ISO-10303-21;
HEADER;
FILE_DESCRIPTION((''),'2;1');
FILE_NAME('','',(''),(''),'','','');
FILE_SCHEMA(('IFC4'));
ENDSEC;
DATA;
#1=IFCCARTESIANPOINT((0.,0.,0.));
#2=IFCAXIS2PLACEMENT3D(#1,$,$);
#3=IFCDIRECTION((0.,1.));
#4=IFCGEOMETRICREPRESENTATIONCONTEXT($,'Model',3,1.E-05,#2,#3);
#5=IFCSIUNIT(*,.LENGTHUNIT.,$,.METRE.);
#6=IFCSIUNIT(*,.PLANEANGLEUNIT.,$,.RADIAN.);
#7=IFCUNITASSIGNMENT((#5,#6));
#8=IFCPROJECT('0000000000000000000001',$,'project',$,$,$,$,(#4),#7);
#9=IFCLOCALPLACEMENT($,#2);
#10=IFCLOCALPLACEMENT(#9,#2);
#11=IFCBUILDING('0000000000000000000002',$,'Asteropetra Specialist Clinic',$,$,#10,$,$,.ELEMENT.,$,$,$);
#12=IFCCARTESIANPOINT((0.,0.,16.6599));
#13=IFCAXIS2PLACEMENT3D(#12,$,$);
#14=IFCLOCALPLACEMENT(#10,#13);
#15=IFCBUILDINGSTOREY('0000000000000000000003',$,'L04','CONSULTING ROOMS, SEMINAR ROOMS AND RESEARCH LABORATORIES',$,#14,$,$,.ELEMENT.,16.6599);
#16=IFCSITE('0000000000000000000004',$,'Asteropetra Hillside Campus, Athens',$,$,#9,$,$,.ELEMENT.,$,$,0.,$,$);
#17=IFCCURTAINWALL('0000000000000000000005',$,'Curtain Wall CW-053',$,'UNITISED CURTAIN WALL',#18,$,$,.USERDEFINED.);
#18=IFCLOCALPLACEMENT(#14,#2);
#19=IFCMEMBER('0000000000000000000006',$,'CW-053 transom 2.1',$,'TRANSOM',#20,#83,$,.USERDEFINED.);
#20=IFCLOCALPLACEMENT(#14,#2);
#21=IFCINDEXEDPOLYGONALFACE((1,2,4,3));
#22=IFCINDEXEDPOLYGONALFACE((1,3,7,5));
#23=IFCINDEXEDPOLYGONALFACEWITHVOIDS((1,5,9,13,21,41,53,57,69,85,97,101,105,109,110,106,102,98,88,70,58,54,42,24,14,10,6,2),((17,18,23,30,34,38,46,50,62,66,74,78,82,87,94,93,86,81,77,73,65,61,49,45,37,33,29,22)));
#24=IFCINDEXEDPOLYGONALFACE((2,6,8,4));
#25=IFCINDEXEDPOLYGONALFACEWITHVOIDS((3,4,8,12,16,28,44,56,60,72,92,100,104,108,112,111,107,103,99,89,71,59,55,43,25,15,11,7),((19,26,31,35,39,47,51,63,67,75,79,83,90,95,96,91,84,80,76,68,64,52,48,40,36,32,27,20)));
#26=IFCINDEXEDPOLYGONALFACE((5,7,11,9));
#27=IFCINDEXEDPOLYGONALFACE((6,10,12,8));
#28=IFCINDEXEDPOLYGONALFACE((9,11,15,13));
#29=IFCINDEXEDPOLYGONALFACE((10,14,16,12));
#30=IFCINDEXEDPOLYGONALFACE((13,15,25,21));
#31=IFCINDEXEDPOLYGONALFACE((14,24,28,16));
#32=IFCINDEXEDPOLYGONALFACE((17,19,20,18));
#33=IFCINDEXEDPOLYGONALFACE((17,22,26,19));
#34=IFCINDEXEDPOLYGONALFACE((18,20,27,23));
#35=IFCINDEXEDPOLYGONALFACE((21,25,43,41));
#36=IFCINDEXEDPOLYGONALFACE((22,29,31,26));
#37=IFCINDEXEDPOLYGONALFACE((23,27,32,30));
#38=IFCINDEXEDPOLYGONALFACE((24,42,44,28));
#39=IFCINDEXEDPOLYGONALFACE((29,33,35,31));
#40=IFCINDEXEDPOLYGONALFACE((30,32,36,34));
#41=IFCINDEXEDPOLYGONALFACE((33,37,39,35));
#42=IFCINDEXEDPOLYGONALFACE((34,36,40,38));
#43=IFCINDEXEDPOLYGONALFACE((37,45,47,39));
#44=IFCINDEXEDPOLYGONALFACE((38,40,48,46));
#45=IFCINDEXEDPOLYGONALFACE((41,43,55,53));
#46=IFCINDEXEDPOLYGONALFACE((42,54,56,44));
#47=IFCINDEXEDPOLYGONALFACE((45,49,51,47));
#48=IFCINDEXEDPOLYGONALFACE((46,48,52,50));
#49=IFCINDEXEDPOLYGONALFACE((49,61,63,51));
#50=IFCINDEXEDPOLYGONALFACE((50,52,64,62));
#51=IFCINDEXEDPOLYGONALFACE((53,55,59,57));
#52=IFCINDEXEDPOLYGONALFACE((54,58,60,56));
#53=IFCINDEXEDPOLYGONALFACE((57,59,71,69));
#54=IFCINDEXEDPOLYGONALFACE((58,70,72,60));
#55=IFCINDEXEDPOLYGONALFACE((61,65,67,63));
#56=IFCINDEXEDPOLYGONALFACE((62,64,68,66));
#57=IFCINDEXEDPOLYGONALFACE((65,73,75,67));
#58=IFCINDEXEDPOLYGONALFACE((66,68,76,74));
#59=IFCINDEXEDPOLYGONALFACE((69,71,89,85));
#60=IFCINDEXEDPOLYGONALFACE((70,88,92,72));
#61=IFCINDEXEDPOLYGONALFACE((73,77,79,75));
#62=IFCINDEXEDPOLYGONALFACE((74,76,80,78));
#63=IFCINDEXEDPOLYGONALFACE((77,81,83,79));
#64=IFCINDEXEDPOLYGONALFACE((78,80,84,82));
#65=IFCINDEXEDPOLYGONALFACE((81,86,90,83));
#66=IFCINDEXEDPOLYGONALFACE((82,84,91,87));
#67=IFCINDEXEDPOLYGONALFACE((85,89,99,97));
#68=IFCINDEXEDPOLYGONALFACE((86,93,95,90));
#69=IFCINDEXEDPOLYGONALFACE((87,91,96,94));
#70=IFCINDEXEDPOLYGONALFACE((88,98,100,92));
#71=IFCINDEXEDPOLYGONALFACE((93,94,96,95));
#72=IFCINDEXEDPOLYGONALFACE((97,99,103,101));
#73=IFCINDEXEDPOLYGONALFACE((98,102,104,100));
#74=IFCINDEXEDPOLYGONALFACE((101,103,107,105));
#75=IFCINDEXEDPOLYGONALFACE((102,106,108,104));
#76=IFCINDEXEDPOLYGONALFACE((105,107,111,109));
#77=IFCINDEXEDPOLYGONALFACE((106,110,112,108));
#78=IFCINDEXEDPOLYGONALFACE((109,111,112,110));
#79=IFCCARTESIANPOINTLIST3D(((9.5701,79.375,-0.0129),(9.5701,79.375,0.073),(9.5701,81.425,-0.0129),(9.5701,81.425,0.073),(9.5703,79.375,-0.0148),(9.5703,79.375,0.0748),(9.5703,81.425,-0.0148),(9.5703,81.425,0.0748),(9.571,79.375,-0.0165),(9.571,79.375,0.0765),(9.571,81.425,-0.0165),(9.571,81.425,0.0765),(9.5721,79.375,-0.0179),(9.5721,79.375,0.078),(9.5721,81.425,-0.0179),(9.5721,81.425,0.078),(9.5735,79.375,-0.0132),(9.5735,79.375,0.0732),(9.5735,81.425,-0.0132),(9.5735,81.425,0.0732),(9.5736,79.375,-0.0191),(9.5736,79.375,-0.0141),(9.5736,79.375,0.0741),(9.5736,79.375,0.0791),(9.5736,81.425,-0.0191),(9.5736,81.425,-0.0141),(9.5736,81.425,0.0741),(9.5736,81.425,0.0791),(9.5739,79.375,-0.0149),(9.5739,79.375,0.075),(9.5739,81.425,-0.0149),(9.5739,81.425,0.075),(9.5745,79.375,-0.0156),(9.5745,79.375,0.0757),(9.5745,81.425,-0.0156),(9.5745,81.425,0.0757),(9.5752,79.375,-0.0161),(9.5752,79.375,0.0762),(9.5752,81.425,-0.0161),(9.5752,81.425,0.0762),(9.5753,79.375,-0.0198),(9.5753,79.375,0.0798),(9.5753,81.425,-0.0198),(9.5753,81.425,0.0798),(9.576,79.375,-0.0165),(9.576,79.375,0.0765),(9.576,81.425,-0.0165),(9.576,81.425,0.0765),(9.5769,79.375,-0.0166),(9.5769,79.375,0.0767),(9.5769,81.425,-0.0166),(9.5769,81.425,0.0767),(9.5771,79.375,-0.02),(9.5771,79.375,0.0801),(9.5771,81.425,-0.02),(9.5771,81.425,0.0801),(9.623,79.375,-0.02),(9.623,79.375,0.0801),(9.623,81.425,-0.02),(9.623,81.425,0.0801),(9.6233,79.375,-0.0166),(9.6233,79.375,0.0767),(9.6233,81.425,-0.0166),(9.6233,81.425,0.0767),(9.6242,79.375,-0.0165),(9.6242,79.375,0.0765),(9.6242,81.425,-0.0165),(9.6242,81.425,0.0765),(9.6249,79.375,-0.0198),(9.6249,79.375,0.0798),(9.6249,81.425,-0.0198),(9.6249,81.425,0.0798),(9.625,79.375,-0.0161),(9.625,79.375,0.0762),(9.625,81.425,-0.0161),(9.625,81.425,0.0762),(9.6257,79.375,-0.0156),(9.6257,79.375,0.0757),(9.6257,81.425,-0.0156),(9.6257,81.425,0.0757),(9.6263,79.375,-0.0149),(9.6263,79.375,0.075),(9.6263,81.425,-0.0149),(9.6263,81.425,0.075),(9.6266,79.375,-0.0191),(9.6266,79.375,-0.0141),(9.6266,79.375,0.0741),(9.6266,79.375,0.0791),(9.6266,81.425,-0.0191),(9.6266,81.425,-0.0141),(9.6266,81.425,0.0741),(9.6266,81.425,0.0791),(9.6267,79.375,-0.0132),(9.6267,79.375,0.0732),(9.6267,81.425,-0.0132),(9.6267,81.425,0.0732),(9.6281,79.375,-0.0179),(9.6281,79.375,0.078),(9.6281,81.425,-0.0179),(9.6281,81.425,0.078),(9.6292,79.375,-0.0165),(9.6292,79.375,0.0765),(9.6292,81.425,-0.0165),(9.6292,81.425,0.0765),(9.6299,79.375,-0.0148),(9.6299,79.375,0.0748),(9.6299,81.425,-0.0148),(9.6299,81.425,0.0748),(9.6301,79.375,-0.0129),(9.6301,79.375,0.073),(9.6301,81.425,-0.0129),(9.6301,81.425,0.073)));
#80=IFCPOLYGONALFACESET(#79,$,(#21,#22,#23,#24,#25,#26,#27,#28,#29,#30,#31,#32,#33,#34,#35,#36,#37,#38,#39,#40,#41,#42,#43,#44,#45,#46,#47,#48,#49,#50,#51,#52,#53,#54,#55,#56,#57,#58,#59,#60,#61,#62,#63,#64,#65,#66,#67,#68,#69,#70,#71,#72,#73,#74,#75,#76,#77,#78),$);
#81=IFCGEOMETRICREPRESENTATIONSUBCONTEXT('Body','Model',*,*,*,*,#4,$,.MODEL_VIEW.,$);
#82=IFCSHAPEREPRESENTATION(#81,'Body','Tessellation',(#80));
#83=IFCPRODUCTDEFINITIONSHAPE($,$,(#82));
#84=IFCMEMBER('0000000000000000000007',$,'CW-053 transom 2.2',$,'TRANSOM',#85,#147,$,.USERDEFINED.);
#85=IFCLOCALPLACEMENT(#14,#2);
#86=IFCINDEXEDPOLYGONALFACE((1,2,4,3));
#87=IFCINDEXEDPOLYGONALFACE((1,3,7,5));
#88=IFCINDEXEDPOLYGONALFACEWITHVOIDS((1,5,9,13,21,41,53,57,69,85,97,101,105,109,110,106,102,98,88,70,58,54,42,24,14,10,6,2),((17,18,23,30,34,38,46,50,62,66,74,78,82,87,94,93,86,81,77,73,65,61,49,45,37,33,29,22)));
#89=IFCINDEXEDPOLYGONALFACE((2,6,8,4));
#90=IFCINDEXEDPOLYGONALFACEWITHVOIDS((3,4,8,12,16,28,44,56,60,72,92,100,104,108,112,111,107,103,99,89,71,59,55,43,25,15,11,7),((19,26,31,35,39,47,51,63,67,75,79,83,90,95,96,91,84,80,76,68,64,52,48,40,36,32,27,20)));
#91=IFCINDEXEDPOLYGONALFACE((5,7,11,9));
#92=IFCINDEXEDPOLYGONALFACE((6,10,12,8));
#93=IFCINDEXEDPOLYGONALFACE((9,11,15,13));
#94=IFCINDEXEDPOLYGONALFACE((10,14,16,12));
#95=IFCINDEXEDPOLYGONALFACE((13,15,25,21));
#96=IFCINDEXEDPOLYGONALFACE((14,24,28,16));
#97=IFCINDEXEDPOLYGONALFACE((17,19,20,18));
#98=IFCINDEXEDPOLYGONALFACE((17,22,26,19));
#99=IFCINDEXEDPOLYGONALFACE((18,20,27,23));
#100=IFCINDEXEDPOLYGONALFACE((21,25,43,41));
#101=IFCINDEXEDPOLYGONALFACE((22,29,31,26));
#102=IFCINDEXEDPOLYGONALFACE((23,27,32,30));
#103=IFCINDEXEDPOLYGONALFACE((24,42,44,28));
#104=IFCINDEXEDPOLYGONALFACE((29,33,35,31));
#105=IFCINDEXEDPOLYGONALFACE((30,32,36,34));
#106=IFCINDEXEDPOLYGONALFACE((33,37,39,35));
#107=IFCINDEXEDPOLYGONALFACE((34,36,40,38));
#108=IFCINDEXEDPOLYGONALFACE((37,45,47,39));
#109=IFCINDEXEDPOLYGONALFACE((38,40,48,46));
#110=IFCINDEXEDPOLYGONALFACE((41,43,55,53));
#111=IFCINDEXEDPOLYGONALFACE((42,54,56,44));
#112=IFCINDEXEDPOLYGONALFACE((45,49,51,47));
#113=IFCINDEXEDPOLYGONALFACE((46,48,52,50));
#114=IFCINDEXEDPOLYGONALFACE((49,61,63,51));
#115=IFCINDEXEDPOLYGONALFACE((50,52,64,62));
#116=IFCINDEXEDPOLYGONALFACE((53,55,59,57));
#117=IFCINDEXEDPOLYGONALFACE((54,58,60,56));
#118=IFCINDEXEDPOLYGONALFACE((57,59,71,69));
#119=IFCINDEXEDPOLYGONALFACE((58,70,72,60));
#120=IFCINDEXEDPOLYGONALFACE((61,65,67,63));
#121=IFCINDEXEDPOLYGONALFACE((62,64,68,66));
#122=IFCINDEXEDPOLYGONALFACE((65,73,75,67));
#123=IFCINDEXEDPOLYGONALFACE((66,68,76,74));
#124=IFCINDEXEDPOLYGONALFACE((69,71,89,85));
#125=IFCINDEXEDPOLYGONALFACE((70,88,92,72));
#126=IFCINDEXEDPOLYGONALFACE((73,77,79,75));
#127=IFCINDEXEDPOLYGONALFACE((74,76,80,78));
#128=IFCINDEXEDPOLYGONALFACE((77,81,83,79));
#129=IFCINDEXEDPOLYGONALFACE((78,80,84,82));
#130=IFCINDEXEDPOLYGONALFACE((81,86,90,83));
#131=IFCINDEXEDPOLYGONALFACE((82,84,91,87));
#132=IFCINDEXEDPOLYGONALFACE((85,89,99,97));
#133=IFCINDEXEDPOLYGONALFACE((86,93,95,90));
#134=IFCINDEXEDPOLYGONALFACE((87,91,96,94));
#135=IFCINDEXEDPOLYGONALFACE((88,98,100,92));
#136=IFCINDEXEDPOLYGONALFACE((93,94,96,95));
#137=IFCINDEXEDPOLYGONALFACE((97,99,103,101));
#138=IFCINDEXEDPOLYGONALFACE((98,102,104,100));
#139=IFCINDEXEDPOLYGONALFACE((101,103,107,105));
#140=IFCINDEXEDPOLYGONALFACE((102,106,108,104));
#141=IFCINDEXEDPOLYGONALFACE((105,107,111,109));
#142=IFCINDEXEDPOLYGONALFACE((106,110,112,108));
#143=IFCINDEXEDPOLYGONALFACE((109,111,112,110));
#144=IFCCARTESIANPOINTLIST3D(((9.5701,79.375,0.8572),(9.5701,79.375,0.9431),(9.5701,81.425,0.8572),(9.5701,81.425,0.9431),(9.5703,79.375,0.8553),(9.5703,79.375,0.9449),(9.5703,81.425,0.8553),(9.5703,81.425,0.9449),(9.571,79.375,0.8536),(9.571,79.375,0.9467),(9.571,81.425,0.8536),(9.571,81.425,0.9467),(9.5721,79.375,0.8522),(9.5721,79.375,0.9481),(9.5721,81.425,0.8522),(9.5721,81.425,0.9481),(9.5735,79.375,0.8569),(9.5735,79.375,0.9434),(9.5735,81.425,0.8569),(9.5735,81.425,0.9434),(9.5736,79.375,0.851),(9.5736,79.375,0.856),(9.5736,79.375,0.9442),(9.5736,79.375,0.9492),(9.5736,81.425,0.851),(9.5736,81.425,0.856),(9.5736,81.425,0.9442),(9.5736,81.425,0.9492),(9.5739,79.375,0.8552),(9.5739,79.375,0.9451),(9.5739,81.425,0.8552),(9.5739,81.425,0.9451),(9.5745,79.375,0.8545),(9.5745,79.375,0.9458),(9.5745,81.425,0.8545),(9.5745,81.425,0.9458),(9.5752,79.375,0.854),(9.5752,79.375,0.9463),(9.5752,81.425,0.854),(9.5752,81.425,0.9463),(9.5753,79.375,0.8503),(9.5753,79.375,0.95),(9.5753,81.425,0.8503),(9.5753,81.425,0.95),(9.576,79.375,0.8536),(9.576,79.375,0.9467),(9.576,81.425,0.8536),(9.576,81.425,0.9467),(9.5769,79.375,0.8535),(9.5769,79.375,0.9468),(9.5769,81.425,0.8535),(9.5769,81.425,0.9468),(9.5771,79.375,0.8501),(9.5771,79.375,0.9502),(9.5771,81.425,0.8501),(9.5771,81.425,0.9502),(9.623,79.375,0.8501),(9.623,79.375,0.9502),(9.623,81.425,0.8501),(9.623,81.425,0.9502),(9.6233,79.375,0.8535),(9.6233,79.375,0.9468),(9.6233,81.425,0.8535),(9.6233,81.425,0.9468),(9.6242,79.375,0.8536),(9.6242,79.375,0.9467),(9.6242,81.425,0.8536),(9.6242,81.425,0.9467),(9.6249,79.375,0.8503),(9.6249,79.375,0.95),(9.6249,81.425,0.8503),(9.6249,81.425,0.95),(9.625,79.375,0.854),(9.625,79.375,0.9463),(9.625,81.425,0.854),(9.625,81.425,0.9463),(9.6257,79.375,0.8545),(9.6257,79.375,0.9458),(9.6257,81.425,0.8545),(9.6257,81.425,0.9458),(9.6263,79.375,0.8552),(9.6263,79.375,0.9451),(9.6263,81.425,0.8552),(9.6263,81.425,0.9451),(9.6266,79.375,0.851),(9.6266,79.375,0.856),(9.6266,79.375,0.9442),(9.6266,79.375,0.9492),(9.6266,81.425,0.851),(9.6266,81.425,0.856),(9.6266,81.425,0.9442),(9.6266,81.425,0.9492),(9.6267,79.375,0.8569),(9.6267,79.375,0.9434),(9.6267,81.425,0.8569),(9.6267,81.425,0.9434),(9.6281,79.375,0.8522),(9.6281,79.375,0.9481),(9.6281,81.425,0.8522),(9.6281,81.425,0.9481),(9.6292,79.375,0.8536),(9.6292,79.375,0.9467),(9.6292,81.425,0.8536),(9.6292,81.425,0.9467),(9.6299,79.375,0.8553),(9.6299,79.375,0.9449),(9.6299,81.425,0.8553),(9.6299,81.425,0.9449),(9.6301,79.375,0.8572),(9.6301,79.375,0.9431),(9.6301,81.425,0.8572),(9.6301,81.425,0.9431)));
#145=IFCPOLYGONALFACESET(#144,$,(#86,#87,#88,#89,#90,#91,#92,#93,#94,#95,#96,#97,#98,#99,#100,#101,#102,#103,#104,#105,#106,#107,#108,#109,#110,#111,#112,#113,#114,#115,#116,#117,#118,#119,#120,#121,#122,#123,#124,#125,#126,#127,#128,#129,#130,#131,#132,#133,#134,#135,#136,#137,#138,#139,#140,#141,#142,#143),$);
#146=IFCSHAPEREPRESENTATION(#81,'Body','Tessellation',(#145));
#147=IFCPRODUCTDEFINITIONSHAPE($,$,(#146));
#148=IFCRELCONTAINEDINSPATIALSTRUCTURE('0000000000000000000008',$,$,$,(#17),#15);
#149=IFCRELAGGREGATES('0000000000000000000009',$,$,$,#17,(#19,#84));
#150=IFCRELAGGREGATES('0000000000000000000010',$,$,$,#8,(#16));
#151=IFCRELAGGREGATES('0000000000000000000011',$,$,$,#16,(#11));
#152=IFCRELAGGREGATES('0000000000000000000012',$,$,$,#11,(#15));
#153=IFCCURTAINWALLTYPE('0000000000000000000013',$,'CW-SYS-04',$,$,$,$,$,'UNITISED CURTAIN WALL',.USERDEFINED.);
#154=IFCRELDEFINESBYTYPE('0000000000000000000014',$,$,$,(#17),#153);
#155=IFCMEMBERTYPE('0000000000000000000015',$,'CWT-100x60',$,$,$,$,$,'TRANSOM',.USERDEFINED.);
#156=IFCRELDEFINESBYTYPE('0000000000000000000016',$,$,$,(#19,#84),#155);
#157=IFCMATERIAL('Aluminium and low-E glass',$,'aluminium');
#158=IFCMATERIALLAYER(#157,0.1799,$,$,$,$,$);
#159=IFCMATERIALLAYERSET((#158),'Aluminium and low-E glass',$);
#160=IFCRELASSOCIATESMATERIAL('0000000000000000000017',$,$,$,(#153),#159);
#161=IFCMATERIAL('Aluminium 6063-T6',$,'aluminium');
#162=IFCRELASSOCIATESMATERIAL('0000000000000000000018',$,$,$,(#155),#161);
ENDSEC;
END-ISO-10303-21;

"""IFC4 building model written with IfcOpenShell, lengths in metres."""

from ifc_helpers import new_model, si_unit, direction, frame, origin, origin_2d, place, context, subcontext, project, spatial, hollow_rectangle, extrude, material, layer, layer_set, material_profile, profile_set, type_object, element, aggregate, save


model = new_model("IFC4")

# Units and contexts
model_context = context("Model", 3, precision=1e-05, world=origin(), true_north=direction((0.0, 1.0)))
body_context = subcontext(model_context, "Body", "Model", "MODEL_VIEW")
ifc_project = project(units=[si_unit("LENGTHUNIT", "METRE"), si_unit("PLANEANGLEUNIT", "RADIAN")], contexts=[model_context])

# Site, building, storey
site_placement = place(None, origin())
site = spatial("IfcSite", under=ifc_project, at=site_placement, Name="Asteropetra Hillside Campus, Athens", CompositionType="ELEMENT", RefElevation=0.0)
building_placement = place(site_placement, origin())
building = spatial("IfcBuilding", under=site, at=building_placement, Name="Asteropetra Specialist Clinic", CompositionType="ELEMENT")
storey_placement = place(building_placement, frame((0.0, 0.0, 16.6599)))
storey = spatial("IfcBuildingStorey", under=building, at=storey_placement, Name="L04", Description="CONSULTING ROOMS, SEMINAR ROOMS AND RESEARCH LABORATORIES", CompositionType="ELEMENT", Elevation=16.6599)

# Curtain wall, members
ifc_material_1 = material(Name="Aluminium and low-E glass", Category="aluminium")
ifc_layer_1 = layer(ifc_material_1, 0.1799)
ifc_layer_set_1 = layer_set([ifc_layer_1], Name="Aluminium and low-E glass")
curtain_wall_type_1 = type_object("IfcCurtainWallType", Name="CW-SYS-04", ElementType="UNITISED CURTAIN WALL", PredefinedType="USERDEFINED", material=ifc_layer_set_1)
curtain_wall_1_placement = place(storey_placement, origin())
curtain_wall_1 = element("IfcCurtainWall", 1, at=curtain_wall_1_placement, inside=storey, type_object=curtain_wall_type_1, Name="Curtain Wall CW-053", ObjectType="UNITISED CURTAIN WALL", PredefinedType="USERDEFINED")
ifc_material_2 = material(Name="Aluminium 6063-T6", Category="aluminium")
ifc_material_profile_1 = material_profile(ifc_material_2, hollow_rectangle(XDim=0.0601, YDim=0.1001, WallThickness=0.0034, InnerFilletRadius=0.0034, OuterFilletRadius=0.0071, at=origin_2d()), Name="TRN 100x60x3.5")
ifc_profile_set_1 = profile_set([ifc_material_profile_1], Name="Aluminium 6063-T6")
member_type_1 = type_object("IfcMemberType", Name="CWT-100x60", ElementType="TRANSOM", PredefinedType="USERDEFINED", material=ifc_profile_set_1)
member_1_placement = place(storey_placement, frame((9.6001, 81.425, 0.03), z_axis=(0.0, -1.0, 0.0), x_axis=(1.0, 0.0, 0.0)))
member_1 = element("IfcMember", 2, at=member_1_placement, type_object=member_type_1, Name="CW-053 transom 2.1", ObjectType="TRANSOM", PredefinedType="USERDEFINED", context=body_context, shape_type="SweptSolid", body=[
    extrude(hollow_rectangle(XDim=0.0601, YDim=0.1001, WallThickness=0.0034, InnerFilletRadius=0.0034, OuterFilletRadius=0.0071, at=origin_2d()), origin(), (0.0, 0.0, 1.0), 2.05),
])
member_2_placement = place(storey_placement, frame((9.6001, 81.425, 0.9001), z_axis=(0.0, -1.0, 0.0), x_axis=(1.0, 0.0, 0.0)))
member_2 = element("IfcMember", 3, at=member_2_placement, type_object=member_type_1, Name="CW-053 transom 2.2", ObjectType="TRANSOM", PredefinedType="USERDEFINED", context=body_context, shape_type="SweptSolid", body=[
    extrude(hollow_rectangle(XDim=0.0601, YDim=0.1001, WallThickness=0.0034, InnerFilletRadius=0.0034, OuterFilletRadius=0.0071, at=origin_2d()), origin(), (0.0, 0.0, 1.0), 2.05),
])

aggregate(curtain_wall_1, [member_1, member_2])

save(model, "model.ifc")
